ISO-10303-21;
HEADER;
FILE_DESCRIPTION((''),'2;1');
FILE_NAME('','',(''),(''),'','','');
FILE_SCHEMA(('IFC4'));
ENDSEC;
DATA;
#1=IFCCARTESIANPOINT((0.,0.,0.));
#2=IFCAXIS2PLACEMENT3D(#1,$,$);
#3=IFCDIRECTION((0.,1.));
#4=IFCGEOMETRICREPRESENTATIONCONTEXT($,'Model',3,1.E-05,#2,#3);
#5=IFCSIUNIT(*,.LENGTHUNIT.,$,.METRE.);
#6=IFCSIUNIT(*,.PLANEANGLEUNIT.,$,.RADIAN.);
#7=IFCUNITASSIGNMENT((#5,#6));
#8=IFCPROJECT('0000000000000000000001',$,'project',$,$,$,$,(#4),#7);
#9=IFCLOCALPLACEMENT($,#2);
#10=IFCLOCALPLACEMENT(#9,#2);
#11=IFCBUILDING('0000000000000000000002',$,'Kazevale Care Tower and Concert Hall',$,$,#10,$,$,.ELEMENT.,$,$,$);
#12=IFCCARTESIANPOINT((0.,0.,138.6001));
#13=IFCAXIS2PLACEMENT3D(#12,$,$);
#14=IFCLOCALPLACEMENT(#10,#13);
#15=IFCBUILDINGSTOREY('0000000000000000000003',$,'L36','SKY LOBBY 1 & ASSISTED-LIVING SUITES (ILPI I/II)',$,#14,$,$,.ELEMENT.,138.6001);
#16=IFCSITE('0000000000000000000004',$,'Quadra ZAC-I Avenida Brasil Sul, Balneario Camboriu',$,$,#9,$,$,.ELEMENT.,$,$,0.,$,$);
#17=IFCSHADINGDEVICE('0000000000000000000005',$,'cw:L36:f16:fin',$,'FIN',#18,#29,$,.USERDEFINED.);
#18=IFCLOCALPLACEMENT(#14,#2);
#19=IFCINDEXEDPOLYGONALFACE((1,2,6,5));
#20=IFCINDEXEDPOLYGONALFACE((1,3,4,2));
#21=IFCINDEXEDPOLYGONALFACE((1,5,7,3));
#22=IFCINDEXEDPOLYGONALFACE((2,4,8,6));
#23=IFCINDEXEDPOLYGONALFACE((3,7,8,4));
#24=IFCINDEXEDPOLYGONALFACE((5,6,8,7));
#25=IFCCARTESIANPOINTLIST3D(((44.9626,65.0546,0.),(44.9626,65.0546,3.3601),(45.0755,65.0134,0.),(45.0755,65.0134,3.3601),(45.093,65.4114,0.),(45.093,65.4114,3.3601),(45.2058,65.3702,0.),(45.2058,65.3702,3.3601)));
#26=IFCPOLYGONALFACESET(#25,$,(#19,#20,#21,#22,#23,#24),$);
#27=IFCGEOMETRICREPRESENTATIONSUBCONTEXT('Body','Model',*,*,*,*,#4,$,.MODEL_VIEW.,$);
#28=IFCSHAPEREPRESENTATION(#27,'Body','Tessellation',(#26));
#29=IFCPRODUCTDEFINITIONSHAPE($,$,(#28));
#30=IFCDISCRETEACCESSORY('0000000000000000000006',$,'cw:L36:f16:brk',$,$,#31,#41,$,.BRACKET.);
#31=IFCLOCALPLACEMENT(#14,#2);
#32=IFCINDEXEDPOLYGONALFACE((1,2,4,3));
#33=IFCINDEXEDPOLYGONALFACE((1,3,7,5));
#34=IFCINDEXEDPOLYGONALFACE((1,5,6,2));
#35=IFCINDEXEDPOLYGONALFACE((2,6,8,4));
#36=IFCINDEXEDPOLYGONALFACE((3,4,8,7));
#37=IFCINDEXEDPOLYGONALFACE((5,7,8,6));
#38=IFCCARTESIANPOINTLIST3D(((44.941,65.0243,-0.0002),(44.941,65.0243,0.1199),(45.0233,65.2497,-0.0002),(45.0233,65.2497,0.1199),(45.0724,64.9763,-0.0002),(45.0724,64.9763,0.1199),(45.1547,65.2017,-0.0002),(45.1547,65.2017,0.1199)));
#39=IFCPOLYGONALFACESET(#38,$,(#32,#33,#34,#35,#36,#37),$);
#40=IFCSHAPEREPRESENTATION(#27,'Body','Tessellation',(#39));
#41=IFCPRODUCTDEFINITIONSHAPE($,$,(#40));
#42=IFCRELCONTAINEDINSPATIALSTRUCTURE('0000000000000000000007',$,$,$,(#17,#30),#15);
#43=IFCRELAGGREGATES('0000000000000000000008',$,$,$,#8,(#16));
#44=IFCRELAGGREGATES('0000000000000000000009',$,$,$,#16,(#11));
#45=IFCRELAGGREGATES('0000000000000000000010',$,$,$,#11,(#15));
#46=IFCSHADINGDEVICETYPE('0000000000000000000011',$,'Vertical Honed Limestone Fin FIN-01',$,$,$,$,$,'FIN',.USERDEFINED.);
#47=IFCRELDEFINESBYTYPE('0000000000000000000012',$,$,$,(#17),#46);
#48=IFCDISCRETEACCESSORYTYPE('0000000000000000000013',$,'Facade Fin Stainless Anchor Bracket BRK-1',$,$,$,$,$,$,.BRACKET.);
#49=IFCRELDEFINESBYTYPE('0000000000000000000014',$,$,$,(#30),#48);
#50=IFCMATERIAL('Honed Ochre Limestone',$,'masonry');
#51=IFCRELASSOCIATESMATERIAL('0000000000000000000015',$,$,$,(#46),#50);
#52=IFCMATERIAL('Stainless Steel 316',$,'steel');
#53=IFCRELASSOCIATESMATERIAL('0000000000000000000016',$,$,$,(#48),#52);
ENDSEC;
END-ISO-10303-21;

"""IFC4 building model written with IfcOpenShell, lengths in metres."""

from ifc_helpers import new_model, si_unit, direction, frame, origin, origin_2d, place, context, subcontext, project, spatial, rectangle, extrude, material, type_object, element, save


model = new_model("IFC4")

# Units and contexts
model_context = context("Model", 3, precision=1e-05, world=origin(), true_north=direction((0.0, 1.0)))
body_context = subcontext(model_context, "Body", "Model", "MODEL_VIEW")
ifc_project = project(units=[si_unit("LENGTHUNIT", "METRE"), si_unit("PLANEANGLEUNIT", "RADIAN")], contexts=[model_context])

# Site, building, storey
site_placement = place(None, origin())
site = spatial("IfcSite", under=ifc_project, at=site_placement, Name="Quadra ZAC-I Avenida Brasil Sul, Balneario Camboriu", CompositionType="ELEMENT", RefElevation=0.0)
building_placement = place(site_placement, origin())
building = spatial("IfcBuilding", under=site, at=building_placement, Name="Kazevale Care Tower and Concert Hall", CompositionType="ELEMENT")
storey_placement = place(building_placement, frame((0.0, 0.0, 138.6001)))
storey = spatial("IfcBuildingStorey", under=building, at=storey_placement, Name="L36", Description="SKY LOBBY 1 & ASSISTED-LIVING SUITES (ILPI I/II)", CompositionType="ELEMENT", Elevation=138.6001)

# Shading device
ifc_material_1 = material(Name="Honed Ochre Limestone", Category="masonry")
shading_device_type = type_object("IfcShadingDeviceType", Name="Vertical Honed Limestone Fin FIN-01", ElementType="FIN", PredefinedType="USERDEFINED", material=ifc_material_1)
shading_device_placement = place(storey_placement, frame((45.0842, 65.2124, 0.0), z_axis=(0.0, 0.0, 1.0), x_axis=(0.343168, 0.939274, 0.0)))
element("IfcShadingDevice", 1, at=shading_device_placement, inside=storey, type_object=shading_device_type, Name="cw:L36:f16:fin", ObjectType="FIN", PredefinedType="USERDEFINED", context=body_context, shape_type="SweptSolid", body=[
    extrude(rectangle(XDim=0.3799, YDim=0.1201, at=origin_2d()), origin(), (0.0, 0.0, 1.0), 3.3601),
])

# Discrete accessory
ifc_material_2 = material(Name="Stainless Steel 316", Category="steel")
discrete_accessory_type = type_object("IfcDiscreteAccessoryType", Name="Facade Fin Stainless Anchor Bracket BRK-1", PredefinedType="BRACKET", material=ifc_material_2)
discrete_accessory_placement = place(storey_placement, frame((45.0479, 65.113, -0.0002), z_axis=(0.0, 0.0, 1.0), x_axis=(0.343168, 0.939274, 0.0)))
element("IfcDiscreteAccessory", 2, at=discrete_accessory_placement, inside=storey, type_object=discrete_accessory_type, Name="cw:L36:f16:brk", PredefinedType="BRACKET", context=body_context, shape_type="SweptSolid", body=[
    extrude(rectangle(XDim=0.24, YDim=0.1399, at=origin_2d()), origin(), (0.0, 0.0, 1.0), 0.1201),
])

save(model, "model.ifc")
